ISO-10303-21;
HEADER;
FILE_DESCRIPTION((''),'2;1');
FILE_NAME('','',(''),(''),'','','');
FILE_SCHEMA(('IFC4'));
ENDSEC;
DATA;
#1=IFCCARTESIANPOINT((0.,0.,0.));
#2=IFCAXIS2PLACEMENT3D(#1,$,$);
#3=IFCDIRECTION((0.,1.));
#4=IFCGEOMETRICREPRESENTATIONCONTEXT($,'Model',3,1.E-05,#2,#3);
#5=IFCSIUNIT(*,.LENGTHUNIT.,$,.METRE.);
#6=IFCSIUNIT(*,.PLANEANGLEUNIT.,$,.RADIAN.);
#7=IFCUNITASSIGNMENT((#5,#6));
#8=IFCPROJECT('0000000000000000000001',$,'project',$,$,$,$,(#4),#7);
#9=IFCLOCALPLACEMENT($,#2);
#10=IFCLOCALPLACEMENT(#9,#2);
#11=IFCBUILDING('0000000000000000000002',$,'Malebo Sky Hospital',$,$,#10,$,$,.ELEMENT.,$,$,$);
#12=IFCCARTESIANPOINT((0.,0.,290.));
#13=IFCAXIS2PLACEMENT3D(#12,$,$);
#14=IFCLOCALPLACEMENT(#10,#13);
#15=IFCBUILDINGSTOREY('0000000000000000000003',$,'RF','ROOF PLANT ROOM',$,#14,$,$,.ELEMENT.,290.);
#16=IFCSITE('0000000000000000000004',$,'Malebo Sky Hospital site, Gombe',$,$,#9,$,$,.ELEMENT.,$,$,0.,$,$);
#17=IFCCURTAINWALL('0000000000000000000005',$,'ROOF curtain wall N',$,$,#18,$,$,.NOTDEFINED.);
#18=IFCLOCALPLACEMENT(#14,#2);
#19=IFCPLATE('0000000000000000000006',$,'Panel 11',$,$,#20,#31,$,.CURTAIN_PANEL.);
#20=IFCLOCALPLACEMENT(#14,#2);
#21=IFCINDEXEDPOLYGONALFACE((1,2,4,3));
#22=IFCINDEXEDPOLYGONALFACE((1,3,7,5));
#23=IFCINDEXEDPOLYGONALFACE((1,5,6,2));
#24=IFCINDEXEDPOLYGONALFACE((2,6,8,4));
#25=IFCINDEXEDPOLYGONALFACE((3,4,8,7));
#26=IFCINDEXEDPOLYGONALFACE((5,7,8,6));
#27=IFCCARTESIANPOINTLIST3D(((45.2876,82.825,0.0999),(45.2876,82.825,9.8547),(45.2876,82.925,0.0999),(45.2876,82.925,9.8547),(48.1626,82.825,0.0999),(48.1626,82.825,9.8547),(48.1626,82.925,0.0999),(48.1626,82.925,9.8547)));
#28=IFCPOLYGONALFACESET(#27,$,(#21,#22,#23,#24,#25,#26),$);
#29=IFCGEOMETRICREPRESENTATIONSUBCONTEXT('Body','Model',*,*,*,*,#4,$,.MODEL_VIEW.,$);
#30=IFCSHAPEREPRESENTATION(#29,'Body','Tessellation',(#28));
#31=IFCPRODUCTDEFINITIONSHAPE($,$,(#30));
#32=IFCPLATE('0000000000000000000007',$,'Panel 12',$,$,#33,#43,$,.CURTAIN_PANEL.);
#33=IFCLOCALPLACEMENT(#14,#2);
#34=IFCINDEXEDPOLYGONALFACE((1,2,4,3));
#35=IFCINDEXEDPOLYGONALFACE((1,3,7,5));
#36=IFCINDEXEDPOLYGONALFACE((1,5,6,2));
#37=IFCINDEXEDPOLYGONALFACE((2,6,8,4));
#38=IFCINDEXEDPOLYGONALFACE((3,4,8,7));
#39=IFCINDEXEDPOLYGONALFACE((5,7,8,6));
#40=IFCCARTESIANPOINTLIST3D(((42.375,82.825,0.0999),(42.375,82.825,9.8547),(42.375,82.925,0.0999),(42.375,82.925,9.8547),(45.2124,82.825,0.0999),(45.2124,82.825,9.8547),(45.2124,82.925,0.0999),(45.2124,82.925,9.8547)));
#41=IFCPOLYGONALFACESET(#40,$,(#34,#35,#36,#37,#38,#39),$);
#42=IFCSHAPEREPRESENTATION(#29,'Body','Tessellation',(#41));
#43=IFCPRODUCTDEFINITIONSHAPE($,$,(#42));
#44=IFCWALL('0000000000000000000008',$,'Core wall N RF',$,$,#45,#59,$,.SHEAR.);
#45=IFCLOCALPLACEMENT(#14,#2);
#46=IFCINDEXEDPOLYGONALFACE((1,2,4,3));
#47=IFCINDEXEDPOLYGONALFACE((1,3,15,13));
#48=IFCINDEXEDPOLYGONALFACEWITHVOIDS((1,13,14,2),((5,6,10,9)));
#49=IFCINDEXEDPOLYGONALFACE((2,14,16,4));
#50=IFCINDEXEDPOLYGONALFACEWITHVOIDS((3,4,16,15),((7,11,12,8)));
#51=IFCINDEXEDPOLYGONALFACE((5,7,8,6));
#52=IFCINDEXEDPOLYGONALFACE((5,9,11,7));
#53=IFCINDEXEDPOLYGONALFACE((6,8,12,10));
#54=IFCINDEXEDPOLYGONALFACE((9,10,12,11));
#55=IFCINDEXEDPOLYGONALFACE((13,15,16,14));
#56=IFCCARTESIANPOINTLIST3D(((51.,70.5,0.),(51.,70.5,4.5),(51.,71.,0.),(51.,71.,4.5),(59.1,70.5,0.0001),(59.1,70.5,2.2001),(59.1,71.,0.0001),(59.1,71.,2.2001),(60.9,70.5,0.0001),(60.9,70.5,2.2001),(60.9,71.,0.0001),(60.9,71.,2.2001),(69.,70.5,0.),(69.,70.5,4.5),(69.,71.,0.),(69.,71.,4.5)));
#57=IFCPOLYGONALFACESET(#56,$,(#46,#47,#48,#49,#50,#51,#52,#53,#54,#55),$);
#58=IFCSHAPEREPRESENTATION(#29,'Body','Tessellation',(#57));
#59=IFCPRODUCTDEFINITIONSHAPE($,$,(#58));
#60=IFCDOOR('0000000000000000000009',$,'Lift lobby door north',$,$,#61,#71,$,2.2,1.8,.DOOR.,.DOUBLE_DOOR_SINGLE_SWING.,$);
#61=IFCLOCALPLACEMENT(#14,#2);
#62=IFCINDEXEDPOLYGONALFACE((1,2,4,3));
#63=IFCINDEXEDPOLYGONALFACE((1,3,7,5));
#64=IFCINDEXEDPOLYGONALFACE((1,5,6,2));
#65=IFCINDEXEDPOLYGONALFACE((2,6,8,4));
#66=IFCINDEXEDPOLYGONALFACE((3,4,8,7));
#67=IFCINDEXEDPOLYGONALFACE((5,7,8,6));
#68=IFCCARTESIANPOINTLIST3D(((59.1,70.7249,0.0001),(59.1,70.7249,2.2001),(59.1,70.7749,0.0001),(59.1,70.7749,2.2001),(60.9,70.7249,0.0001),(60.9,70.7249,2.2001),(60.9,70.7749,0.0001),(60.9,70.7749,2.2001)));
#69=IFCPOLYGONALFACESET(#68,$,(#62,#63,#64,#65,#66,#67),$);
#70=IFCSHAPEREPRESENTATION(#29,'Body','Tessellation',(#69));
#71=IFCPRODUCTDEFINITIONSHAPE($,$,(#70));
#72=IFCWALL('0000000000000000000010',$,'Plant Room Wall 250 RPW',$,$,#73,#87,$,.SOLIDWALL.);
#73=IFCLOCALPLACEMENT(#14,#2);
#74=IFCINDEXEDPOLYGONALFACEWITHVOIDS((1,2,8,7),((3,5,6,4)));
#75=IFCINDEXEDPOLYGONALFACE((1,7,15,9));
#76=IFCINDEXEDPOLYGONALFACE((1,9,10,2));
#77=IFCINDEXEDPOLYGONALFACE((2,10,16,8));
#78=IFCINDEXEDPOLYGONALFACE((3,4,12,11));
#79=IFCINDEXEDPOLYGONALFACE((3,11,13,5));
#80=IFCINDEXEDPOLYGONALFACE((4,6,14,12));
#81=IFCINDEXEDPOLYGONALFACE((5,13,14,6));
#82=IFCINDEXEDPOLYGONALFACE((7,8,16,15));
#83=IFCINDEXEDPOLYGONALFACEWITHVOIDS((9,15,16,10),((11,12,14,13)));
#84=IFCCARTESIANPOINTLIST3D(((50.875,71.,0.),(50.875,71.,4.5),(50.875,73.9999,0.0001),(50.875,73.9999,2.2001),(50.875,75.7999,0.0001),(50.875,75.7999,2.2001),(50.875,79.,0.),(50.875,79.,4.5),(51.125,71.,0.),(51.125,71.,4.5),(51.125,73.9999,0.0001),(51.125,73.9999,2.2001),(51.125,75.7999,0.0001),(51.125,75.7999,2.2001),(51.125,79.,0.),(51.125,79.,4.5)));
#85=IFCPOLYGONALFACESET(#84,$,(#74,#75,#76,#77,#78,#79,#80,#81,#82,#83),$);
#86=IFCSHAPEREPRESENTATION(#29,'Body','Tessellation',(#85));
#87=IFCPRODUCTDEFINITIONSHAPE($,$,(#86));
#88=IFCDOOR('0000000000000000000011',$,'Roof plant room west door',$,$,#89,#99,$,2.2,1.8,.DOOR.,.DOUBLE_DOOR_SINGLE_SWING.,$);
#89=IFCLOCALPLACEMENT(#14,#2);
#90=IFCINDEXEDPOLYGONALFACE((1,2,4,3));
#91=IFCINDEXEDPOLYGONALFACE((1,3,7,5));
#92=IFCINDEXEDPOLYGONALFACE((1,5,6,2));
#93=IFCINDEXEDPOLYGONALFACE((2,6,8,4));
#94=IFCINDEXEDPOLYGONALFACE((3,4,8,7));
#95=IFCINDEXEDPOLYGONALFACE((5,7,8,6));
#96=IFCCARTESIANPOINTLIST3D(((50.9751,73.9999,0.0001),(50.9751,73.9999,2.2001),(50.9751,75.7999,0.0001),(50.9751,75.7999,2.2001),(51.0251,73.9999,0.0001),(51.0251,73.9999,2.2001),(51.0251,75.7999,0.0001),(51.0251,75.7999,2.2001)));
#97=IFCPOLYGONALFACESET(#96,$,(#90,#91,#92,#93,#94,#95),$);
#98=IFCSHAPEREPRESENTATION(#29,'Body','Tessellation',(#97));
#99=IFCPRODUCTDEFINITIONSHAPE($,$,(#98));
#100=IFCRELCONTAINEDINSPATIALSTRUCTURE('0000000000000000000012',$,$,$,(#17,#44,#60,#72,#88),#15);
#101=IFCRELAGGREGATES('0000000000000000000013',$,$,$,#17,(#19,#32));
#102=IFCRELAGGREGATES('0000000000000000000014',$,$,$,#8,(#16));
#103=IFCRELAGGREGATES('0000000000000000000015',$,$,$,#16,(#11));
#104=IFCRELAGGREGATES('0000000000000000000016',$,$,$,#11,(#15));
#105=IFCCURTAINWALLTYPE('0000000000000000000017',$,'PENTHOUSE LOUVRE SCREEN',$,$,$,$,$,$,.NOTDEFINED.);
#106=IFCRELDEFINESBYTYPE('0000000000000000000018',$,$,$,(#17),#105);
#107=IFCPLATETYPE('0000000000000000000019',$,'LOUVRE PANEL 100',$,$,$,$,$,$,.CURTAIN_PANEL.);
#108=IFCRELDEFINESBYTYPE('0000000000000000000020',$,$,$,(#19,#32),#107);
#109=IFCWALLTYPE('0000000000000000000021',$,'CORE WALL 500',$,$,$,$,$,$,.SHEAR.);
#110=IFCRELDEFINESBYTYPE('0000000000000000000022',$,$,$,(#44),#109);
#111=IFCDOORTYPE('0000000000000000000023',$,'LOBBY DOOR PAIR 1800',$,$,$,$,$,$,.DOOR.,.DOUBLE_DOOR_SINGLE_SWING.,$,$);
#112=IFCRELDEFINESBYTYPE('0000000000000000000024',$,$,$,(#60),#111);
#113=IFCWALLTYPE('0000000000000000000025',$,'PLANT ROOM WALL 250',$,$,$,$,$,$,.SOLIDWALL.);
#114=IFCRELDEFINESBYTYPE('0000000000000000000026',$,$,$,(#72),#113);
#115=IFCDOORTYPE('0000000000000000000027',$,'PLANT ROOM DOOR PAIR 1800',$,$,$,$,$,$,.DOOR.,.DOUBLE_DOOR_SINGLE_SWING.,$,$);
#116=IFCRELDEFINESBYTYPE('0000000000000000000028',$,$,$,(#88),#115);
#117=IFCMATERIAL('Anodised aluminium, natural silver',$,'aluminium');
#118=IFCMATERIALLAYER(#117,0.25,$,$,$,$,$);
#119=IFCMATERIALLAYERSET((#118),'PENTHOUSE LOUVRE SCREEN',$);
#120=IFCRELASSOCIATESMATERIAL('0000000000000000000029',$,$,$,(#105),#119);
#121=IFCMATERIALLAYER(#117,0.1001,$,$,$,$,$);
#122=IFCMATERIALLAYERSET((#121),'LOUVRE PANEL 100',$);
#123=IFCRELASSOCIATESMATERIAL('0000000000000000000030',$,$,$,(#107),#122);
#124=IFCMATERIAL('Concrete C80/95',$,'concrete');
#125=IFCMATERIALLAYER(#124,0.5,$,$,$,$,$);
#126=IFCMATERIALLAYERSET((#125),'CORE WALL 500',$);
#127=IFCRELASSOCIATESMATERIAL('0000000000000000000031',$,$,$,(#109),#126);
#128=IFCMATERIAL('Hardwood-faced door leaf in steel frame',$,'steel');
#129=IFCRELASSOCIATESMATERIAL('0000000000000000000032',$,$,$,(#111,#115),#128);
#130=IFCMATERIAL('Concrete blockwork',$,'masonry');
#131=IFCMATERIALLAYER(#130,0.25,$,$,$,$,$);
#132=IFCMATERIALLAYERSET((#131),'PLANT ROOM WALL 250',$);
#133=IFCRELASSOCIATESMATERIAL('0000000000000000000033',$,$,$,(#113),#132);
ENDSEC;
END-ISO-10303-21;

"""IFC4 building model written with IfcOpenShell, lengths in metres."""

from ifc_helpers import new_model, si_unit, direction, frame, frame_2d, origin, origin_2d, place, context, subcontext, project, spatial, rectangle, extrude, material, layer, layer_set, type_object, element, fill, aggregate, save


model = new_model("IFC4")

# Units and contexts
model_context = context("Model", 3, precision=1e-05, world=origin(), true_north=direction((0.0, 1.0)))
body_context = subcontext(model_context, "Body", "Model", "MODEL_VIEW")
ifc_project = project(units=[si_unit("LENGTHUNIT", "METRE"), si_unit("PLANEANGLEUNIT", "RADIAN")], contexts=[model_context])

# Site, building, storey
site_placement = place(None, origin())
site = spatial("IfcSite", under=ifc_project, at=site_placement, Name="Malebo Sky Hospital site, Gombe", CompositionType="ELEMENT", RefElevation=0.0)
building_placement = place(site_placement, origin())
building = spatial("IfcBuilding", under=site, at=building_placement, Name="Malebo Sky Hospital", CompositionType="ELEMENT")
storey_placement = place(building_placement, frame((0.0, 0.0, 290.0)))
storey = spatial("IfcBuildingStorey", under=building, at=storey_placement, Name="RF", Description="ROOF PLANT ROOM", CompositionType="ELEMENT", Elevation=290.0)

# Curtain wall
ifc_material_1 = material(Name="Anodised aluminium, natural silver", Category="aluminium")
ifc_layer_1 = layer(ifc_material_1, 0.25)
ifc_layer_set_1 = layer_set([ifc_layer_1], Name="PENTHOUSE LOUVRE SCREEN")
curtain_wall_type = type_object("IfcCurtainWallType", Name="PENTHOUSE LOUVRE SCREEN", PredefinedType="NOTDEFINED", material=ifc_layer_set_1)
curtain_wall_placement = place(storey_placement, origin())
curtain_wall = element("IfcCurtainWall", 1, at=curtain_wall_placement, inside=storey, type_object=curtain_wall_type, Name="ROOF curtain wall N", PredefinedType="NOTDEFINED")

# Plates
ifc_layer_2 = layer(ifc_material_1, 0.1001)
ifc_layer_set_2 = layer_set([ifc_layer_2], Name="LOUVRE PANEL 100")
plate_type = type_object("IfcPlateType", Name="LOUVRE PANEL 100", PredefinedType="CURTAIN_PANEL", material=ifc_layer_set_2)
plate_1_placement = place(storey_placement, frame((46.7251, 82.875, 0.0999), z_axis=(0.0, 0.0, 1.0), x_axis=(-1.0, 0.0, 0.0)))
plate_1 = element("IfcPlate", 2, at=plate_1_placement, type_object=plate_type, Name="Panel 11", PredefinedType="CURTAIN_PANEL", context=body_context, shape_type="SweptSolid", body=[
    extrude(rectangle(XDim=2.875, YDim=0.1001, at=origin_2d()), origin(), (0.0, 0.0, 1.0), 9.7549),
])
plate_2_placement = place(storey_placement, frame((43.7937, 82.875, 0.0999), z_axis=(0.0, 0.0, 1.0), x_axis=(-1.0, 0.0, 0.0)))
plate_2 = element("IfcPlate", 3, at=plate_2_placement, type_object=plate_type, Name="Panel 12", PredefinedType="CURTAIN_PANEL", context=body_context, shape_type="SweptSolid", body=[
    extrude(rectangle(XDim=2.8374, YDim=0.1001, at=origin_2d()), origin(), (0.0, 0.0, 1.0), 9.7549),
])
aggregate(curtain_wall, [plate_1, plate_2])

# Walls, openings, doors
ifc_material_2 = material(Name="Concrete C80/95", Category="concrete")
ifc_layer_3 = layer(ifc_material_2, 0.5)
ifc_layer_set_3 = layer_set([ifc_layer_3], Name="CORE WALL 500")
wall_type_1 = type_object("IfcWallType", Name="CORE WALL 500", PredefinedType="SHEAR", material=ifc_layer_set_3)
wall_1_placement = place(storey_placement, frame((51.0, 70.75, 0.0), z_axis=(0.0, 0.0, 1.0), x_axis=(1.0, 0.0, 0.0)))
wall_1 = element("IfcWall", 4, at=wall_1_placement, inside=storey, type_object=wall_type_1, Name="Core wall N RF", PredefinedType="SHEAR", context=body_context, shape_type="SweptSolid", body=[
    extrude(rectangle(XDim=18.0, YDim=0.5, at=frame_2d((9.0, 0.0))), origin(), (0.0, 0.0, 1.0), 4.5),
])
opening_1_placement = place(wall_1_placement, frame((8.1001, 0.0, 0.0)))
opening_1 = element("IfcOpeningElement", 5, at=opening_1_placement, cuts=wall_1, PredefinedType="OPENING", context=body_context, shape_type="SweptSolid", body=[
    extrude(rectangle(XDim=1.8, YDim=2.2, at=frame_2d((0.8999, 1.1001))), frame((0.0, 0.26, 0.0), z_axis=(0.0, -1.0, 0.0), x_axis=(1.0, 0.0, 0.0)), (0.0, 0.0, 1.0), 0.52),
])
ifc_material_3 = material(Name="Hardwood-faced door leaf in steel frame", Category="steel")
door_type_1 = type_object("IfcDoorType", Name="LOBBY DOOR PAIR 1800", OperationType="DOUBLE_DOOR_SINGLE_SWING", PredefinedType="DOOR", material=ifc_material_3)
door_1_placement = place(opening_1_placement, origin())
door_1 = element("IfcDoor", 6, at=door_1_placement, inside=storey, type_object=door_type_1, Name="Lift lobby door north", OperationType="DOUBLE_DOOR_SINGLE_SWING", OverallHeight=2.2, OverallWidth=1.8, PredefinedType="DOOR", context=body_context, shape_type="SweptSolid", body=[
    extrude(rectangle(XDim=1.8, YDim=2.2, at=frame_2d((0.8999, 1.1001))), frame((0.0, 0.0249, 0.0), z_axis=(0.0, -1.0, 0.0), x_axis=(1.0, 0.0, 0.0)), (0.0, 0.0, 1.0), 0.05),
])
fill(opening_1, door_1)
ifc_material_4 = material(Name="Concrete blockwork", Category="masonry")
ifc_layer_4 = layer(ifc_material_4, 0.25)
ifc_layer_set_4 = layer_set([ifc_layer_4], Name="PLANT ROOM WALL 250")
wall_type_2 = type_object("IfcWallType", Name="PLANT ROOM WALL 250", PredefinedType="SOLIDWALL", material=ifc_layer_set_4)
wall_2_placement = place(storey_placement, frame((51.0, 71.0, 0.0), z_axis=(0.0, 0.0, 1.0), x_axis=(0.0, 1.0, 0.0)))
wall_2 = element("IfcWall", 7, at=wall_2_placement, inside=storey, type_object=wall_type_2, Name="Plant Room Wall 250 RPW", PredefinedType="SOLIDWALL", context=body_context, shape_type="SweptSolid", body=[
    extrude(rectangle(XDim=8.0, YDim=0.25, at=frame_2d((4.0, 0.0))), origin(), (0.0, 0.0, 1.0), 4.5),
])
opening_2_placement = place(wall_2_placement, frame((3.0, 0.0, 0.0)))
opening_2 = element("IfcOpeningElement", 8, at=opening_2_placement, cuts=wall_2, PredefinedType="OPENING", context=body_context, shape_type="SweptSolid", body=[
    extrude(rectangle(XDim=1.8, YDim=2.2, at=frame_2d((0.8999, 1.1001))), frame((0.0, 0.135, 0.0), z_axis=(0.0, -1.0, 0.0), x_axis=(1.0, 0.0, 0.0)), (0.0, 0.0, 1.0), 0.27),
])
door_type_2 = type_object("IfcDoorType", Name="PLANT ROOM DOOR PAIR 1800", OperationType="DOUBLE_DOOR_SINGLE_SWING", PredefinedType="DOOR", material=ifc_material_3)
door_2_placement = place(opening_2_placement, origin())
door_2 = element("IfcDoor", 9, at=door_2_placement, inside=storey, type_object=door_type_2, Name="Roof plant room west door", OperationType="DOUBLE_DOOR_SINGLE_SWING", OverallHeight=2.2, OverallWidth=1.8, PredefinedType="DOOR", context=body_context, shape_type="SweptSolid", body=[
    extrude(rectangle(XDim=1.8, YDim=2.2, at=frame_2d((0.8999, 1.1001))), frame((0.0, 0.0249, 0.0), z_axis=(0.0, -1.0, 0.0), x_axis=(1.0, 0.0, 0.0)), (0.0, 0.0, 1.0), 0.05),
])
fill(opening_2, door_2)

save(model, "model.ifc")
